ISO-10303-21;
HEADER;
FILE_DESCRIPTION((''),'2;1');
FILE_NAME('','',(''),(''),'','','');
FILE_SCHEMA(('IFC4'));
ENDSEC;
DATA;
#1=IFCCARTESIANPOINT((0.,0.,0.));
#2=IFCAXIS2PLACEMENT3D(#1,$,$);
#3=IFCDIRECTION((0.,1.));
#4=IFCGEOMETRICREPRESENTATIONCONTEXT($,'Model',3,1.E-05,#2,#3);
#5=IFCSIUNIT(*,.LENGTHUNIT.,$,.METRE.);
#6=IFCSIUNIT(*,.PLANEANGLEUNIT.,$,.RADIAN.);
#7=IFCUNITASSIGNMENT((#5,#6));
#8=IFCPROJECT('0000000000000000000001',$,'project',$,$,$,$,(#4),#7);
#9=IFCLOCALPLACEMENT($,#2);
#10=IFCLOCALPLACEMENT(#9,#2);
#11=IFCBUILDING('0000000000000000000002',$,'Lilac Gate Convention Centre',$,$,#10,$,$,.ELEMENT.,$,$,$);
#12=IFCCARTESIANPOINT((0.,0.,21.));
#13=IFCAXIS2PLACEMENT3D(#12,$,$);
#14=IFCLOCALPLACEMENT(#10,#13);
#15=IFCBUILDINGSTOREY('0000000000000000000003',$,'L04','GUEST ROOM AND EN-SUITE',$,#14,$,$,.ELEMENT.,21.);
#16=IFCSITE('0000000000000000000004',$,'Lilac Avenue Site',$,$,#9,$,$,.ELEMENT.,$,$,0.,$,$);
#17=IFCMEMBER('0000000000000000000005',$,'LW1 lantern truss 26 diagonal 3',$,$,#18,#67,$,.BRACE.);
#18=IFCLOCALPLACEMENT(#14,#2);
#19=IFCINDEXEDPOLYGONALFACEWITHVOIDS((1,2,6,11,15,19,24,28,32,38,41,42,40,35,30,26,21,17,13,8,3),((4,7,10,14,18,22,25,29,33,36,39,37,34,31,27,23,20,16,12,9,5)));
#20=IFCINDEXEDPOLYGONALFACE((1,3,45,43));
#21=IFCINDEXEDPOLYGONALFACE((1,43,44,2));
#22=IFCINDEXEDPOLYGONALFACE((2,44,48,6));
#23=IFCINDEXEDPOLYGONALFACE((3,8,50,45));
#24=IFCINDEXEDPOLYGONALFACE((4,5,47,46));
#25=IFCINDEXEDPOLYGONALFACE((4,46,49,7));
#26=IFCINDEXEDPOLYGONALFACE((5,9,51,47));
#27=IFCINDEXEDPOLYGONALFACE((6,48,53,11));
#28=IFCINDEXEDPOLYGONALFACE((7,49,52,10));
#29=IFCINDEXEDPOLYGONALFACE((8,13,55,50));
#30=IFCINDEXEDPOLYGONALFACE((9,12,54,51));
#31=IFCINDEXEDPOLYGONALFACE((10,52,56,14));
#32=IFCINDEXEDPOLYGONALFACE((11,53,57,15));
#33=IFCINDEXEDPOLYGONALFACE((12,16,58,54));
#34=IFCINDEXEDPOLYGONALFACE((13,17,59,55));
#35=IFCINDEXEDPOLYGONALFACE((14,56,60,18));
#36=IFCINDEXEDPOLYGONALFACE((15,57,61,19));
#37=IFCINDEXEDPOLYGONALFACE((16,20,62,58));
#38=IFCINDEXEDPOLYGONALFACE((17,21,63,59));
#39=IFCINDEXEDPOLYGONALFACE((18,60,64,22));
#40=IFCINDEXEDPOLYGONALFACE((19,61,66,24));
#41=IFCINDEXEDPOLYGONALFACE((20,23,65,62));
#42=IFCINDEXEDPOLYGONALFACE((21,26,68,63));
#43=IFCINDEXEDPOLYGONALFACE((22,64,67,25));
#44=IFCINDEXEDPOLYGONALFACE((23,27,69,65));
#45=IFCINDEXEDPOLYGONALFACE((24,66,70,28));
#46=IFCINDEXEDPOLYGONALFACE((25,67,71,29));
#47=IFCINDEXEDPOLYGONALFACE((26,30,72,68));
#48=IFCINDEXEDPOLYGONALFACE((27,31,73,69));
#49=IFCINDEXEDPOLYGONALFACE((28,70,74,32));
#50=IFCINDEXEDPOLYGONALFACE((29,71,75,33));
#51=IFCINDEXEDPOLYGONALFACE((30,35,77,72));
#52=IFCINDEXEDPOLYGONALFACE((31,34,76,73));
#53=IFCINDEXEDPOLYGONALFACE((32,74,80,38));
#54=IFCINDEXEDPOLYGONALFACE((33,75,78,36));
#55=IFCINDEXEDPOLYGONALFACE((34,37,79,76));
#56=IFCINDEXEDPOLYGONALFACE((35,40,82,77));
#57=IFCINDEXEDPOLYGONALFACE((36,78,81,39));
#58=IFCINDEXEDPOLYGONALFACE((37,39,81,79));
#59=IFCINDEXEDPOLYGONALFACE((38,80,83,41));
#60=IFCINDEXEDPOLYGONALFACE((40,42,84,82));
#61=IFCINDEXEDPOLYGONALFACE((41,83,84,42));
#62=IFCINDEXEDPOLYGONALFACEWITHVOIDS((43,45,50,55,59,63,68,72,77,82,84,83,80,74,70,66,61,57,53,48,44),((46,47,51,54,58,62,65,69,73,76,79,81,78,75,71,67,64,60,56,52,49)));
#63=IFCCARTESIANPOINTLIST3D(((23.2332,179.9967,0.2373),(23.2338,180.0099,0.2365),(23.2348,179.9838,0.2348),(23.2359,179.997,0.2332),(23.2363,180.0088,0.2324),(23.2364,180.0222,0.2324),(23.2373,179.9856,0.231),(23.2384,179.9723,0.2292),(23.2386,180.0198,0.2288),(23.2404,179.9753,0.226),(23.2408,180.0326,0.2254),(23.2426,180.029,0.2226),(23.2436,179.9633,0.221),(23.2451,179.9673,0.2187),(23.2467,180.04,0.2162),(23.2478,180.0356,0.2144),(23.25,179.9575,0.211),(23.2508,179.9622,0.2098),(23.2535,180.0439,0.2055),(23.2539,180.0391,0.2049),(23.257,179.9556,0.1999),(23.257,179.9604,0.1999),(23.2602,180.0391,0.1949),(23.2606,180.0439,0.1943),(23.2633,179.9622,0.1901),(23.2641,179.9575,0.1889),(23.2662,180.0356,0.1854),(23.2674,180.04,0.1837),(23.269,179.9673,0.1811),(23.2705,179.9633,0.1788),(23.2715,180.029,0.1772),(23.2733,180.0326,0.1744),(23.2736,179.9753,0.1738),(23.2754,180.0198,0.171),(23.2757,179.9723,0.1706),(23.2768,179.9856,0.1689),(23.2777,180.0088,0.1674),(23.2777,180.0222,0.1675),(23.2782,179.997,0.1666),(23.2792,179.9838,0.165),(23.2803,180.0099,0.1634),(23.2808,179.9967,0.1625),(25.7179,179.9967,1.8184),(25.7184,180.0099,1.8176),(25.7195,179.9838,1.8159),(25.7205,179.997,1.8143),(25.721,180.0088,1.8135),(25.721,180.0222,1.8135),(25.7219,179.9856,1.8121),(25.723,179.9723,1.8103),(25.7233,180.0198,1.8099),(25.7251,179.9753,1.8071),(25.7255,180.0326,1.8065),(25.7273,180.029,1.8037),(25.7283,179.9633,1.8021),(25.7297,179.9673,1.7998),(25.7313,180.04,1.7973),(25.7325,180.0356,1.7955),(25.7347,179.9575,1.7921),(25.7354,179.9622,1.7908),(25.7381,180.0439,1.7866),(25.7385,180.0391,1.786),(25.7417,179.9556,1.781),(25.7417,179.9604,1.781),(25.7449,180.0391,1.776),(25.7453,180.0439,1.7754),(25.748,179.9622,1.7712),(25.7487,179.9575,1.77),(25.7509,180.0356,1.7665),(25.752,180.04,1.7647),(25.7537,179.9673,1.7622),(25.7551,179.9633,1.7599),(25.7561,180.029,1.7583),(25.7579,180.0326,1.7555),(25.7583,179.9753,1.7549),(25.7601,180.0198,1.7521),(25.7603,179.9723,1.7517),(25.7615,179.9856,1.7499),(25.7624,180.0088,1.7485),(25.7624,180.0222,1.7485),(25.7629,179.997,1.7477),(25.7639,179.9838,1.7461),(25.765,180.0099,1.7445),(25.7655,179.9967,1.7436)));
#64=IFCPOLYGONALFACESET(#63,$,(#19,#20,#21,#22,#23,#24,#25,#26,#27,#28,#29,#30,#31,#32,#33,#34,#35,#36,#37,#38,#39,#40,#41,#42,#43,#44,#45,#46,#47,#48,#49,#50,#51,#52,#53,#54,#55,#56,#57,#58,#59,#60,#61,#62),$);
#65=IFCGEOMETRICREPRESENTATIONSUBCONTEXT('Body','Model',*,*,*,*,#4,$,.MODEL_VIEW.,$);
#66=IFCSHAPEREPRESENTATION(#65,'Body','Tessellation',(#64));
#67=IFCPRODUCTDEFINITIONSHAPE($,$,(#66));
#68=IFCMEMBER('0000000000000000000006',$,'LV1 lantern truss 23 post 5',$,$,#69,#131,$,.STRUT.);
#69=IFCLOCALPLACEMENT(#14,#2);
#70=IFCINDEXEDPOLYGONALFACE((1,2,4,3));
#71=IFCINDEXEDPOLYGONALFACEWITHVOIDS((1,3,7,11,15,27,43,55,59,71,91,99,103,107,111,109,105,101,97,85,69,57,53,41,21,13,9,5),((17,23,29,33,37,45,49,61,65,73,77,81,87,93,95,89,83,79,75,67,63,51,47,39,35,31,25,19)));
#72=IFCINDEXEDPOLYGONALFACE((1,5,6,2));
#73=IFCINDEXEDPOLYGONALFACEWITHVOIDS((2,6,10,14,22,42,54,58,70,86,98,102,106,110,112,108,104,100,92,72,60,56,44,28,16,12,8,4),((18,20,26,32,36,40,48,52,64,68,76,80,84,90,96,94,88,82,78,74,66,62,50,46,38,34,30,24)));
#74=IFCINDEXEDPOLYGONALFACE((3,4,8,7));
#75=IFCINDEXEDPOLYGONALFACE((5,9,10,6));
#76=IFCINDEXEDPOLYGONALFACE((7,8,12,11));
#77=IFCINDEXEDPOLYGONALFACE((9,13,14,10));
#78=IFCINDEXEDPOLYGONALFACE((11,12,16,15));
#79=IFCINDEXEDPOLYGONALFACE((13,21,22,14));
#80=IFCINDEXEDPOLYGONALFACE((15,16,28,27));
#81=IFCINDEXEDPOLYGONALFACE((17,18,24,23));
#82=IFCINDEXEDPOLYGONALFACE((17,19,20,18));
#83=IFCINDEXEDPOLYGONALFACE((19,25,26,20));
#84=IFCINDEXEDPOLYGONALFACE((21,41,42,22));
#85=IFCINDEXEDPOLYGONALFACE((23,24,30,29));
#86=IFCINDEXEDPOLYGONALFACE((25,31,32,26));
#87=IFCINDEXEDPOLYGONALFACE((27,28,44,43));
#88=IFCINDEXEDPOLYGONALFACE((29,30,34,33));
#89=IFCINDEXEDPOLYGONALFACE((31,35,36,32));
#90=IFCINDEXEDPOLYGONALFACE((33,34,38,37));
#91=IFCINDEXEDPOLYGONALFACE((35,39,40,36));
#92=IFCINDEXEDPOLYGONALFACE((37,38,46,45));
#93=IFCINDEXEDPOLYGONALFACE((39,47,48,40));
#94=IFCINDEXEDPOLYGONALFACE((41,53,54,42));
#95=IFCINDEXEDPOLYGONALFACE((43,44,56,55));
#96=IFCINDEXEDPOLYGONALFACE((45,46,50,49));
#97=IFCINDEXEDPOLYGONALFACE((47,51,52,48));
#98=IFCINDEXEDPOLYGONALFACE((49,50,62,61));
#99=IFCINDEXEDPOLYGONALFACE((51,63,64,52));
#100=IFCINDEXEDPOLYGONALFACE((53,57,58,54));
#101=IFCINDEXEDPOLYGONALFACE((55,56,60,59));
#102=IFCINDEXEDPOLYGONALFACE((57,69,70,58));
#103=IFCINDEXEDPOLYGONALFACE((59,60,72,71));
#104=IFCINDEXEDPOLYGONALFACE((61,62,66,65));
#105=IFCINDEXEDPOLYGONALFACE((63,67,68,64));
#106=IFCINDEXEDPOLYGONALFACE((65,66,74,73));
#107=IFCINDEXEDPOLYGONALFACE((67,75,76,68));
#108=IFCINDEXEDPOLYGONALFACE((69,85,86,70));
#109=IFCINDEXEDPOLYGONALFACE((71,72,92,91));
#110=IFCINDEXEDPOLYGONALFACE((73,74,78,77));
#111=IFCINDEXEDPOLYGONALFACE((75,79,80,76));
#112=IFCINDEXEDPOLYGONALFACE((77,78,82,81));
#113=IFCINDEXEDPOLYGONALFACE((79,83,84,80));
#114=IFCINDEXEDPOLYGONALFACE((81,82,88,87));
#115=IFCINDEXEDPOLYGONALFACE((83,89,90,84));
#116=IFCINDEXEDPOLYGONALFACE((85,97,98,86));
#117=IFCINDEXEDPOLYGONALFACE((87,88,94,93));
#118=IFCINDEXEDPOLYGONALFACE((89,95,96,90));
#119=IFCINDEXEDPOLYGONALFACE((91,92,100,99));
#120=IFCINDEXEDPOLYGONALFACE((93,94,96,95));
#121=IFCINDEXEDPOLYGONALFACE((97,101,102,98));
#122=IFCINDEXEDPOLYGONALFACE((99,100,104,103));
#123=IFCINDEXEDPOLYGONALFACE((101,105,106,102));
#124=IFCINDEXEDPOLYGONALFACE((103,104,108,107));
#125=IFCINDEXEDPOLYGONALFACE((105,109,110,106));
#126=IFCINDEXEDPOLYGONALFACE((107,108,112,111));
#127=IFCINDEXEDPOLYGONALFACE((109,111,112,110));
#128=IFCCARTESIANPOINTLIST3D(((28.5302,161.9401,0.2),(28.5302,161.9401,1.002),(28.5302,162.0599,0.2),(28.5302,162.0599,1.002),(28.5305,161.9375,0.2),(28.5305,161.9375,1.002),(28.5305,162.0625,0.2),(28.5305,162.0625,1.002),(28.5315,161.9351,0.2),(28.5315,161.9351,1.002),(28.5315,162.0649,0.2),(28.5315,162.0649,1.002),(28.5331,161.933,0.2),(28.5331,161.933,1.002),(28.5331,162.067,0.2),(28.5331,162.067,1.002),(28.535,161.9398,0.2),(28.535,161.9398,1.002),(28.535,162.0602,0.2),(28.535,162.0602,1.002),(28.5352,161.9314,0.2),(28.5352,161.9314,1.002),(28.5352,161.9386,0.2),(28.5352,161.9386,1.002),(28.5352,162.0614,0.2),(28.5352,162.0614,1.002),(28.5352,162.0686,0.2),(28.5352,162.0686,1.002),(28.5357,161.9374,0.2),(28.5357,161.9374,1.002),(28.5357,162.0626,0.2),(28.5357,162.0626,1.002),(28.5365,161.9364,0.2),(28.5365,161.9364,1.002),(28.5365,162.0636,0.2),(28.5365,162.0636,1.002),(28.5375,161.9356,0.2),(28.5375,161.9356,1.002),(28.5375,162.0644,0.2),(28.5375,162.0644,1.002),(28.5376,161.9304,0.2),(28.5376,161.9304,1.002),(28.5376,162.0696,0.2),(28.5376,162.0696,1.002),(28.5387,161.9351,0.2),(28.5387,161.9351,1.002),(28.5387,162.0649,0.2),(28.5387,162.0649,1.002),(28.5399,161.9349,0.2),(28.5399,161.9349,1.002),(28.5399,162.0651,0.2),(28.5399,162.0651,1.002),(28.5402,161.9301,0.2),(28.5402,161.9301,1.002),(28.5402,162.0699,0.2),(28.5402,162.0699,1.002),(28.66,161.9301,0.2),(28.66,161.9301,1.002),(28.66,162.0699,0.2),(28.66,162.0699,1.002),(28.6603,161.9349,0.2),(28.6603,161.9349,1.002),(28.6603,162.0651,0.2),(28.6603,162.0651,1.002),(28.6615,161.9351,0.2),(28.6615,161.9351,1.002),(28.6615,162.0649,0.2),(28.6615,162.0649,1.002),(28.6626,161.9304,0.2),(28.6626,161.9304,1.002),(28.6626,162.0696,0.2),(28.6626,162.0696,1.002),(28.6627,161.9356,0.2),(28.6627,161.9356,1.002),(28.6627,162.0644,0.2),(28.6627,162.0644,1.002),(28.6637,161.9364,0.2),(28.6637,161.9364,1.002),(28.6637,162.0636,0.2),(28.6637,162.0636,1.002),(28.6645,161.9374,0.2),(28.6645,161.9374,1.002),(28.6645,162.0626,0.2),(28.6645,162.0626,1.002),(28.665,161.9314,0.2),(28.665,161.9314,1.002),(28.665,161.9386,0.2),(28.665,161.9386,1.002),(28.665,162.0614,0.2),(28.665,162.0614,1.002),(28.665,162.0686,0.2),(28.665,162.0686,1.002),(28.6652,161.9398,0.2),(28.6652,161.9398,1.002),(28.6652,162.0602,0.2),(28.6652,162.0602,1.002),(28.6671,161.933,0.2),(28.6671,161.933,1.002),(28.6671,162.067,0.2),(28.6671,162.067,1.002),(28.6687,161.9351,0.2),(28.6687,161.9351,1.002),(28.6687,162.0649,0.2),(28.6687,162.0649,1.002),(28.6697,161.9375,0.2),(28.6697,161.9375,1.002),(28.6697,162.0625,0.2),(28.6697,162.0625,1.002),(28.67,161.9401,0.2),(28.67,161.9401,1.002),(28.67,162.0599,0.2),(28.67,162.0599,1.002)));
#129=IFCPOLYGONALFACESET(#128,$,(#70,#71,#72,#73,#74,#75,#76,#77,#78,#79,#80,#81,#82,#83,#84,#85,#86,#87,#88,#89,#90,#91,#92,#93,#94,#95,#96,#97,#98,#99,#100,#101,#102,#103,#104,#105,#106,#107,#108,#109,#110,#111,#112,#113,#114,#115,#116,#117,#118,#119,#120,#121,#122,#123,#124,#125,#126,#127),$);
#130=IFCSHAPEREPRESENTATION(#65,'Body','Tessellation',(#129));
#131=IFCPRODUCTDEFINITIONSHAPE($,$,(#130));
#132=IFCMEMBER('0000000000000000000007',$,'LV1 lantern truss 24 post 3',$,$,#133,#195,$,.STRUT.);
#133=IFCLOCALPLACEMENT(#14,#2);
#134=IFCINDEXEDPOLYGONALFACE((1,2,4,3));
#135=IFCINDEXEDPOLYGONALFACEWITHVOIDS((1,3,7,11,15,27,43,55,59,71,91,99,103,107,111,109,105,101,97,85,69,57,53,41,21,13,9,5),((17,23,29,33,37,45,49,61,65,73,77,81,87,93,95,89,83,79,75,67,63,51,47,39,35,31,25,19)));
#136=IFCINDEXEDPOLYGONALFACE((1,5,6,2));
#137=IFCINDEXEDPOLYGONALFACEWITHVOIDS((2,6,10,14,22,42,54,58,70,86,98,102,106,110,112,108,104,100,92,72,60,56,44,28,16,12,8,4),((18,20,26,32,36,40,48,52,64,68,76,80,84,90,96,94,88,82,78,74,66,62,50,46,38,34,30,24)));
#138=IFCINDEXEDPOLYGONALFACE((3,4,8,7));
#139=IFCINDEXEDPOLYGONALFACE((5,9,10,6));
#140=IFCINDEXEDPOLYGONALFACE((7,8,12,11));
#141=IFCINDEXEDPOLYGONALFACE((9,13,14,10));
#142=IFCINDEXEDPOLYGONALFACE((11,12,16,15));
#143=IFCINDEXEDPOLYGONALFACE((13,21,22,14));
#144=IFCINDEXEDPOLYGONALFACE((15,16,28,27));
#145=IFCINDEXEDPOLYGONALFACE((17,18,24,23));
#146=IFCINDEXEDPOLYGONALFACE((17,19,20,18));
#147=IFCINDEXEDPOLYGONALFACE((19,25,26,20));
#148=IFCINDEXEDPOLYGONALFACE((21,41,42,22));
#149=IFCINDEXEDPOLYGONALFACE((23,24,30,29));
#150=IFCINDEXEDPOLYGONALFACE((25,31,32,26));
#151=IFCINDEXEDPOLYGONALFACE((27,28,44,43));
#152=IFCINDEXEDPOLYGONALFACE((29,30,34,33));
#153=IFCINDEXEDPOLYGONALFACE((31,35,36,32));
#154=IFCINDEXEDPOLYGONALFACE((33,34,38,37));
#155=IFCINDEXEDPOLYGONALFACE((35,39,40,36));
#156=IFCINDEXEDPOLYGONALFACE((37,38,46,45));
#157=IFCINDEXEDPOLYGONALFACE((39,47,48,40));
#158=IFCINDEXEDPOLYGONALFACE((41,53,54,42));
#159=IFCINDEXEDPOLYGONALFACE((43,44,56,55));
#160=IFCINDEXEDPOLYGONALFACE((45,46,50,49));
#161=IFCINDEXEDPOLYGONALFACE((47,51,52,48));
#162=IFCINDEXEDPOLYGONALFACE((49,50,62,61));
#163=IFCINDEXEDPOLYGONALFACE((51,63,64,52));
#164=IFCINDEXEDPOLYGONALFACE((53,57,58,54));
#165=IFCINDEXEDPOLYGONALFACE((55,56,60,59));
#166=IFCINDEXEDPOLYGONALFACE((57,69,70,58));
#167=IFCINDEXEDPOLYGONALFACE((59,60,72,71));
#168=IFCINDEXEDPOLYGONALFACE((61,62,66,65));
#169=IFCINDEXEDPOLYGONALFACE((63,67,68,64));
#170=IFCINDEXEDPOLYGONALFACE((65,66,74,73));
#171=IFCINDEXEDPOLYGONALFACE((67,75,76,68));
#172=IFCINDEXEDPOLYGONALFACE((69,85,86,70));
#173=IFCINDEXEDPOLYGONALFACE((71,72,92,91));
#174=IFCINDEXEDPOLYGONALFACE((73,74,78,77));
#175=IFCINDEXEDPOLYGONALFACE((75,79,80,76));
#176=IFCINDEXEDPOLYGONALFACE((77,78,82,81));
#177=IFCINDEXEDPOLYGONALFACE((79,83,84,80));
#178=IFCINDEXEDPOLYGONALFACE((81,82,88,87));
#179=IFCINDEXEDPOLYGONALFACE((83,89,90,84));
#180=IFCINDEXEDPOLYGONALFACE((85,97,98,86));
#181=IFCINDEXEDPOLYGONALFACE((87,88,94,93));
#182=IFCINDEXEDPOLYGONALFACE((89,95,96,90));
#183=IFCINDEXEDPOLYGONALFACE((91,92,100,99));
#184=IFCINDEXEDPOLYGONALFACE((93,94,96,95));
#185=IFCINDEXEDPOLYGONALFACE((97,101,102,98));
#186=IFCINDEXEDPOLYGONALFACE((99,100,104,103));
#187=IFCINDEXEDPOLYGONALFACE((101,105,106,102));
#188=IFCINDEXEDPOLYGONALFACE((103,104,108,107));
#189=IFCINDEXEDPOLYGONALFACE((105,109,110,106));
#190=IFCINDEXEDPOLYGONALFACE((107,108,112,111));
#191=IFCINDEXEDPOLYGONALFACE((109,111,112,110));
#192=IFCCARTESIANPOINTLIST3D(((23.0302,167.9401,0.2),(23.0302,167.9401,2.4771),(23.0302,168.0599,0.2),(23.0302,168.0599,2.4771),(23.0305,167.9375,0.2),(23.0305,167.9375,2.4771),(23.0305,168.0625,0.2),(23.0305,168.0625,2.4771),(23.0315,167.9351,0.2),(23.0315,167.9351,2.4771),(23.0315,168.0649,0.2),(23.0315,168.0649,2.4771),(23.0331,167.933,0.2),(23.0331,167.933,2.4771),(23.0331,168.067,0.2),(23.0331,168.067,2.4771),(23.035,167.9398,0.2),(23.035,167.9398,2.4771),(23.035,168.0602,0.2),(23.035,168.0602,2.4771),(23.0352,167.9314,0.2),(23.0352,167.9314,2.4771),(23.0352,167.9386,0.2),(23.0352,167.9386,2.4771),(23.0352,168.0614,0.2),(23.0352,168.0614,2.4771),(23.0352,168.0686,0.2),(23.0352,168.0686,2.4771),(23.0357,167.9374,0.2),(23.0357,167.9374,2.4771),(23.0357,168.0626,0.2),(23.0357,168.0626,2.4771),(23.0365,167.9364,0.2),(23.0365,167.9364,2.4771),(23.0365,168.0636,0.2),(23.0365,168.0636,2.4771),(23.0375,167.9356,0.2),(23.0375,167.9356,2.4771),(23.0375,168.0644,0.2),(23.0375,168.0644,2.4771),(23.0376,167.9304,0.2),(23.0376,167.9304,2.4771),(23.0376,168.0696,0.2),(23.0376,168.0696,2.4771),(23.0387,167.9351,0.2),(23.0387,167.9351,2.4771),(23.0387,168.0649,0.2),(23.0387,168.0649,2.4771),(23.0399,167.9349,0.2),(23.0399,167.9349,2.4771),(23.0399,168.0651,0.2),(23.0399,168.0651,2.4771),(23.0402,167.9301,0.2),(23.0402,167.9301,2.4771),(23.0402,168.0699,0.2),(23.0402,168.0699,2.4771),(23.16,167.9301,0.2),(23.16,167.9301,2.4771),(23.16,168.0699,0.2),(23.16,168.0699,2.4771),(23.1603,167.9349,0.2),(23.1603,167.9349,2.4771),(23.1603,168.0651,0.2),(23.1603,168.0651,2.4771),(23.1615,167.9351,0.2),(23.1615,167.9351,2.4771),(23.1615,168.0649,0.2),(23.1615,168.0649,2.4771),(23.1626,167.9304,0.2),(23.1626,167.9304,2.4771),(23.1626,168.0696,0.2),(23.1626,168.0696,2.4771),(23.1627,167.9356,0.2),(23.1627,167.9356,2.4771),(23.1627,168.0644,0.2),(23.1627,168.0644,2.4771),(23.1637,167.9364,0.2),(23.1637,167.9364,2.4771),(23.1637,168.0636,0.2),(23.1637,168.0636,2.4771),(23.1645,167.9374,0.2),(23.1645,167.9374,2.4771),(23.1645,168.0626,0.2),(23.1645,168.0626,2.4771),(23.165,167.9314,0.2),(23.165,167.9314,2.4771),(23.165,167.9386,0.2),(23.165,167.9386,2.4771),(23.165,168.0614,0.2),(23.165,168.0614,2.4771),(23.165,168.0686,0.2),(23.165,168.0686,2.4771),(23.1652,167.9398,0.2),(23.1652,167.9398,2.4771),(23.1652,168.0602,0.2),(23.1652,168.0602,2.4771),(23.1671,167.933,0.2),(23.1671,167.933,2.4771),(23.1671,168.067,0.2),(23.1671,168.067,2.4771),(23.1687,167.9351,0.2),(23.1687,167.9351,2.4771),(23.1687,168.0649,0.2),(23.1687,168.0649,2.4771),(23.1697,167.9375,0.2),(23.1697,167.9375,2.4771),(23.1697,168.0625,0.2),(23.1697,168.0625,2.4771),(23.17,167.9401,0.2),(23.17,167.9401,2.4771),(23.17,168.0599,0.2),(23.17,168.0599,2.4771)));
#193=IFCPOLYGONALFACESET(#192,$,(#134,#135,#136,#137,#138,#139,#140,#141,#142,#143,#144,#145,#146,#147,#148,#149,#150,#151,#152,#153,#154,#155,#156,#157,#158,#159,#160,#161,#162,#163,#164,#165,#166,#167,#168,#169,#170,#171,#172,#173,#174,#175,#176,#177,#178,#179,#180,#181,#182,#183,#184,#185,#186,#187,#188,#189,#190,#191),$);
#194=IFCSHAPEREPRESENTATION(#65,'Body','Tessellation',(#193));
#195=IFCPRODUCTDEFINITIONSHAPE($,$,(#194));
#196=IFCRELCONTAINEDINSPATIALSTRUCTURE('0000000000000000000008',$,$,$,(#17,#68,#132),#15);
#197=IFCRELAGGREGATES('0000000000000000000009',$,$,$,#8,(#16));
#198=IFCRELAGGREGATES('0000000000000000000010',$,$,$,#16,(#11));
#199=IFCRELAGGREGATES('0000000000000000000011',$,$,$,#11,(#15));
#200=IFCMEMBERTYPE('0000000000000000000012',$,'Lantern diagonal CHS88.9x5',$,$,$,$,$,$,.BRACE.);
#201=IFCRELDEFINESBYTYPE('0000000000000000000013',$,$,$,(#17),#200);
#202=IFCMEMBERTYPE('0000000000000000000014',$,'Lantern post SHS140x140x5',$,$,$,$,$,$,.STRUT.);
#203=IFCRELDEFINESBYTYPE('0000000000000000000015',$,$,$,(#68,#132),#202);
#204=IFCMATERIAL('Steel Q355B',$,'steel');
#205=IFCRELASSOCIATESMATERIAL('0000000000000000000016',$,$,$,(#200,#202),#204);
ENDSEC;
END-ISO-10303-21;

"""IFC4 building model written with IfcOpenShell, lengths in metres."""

from ifc_helpers import new_model, si_unit, direction, frame, origin, origin_2d, place, context, subcontext, project, spatial, hollow_rectangle, hollow_circle, extrude, material, material_profile, profile_set, type_object, element, save


model = new_model("IFC4")

# Units and contexts
model_context = context("Model", 3, precision=1e-05, world=origin(), true_north=direction((0.0, 1.0)))
body_context = subcontext(model_context, "Body", "Model", "MODEL_VIEW")
ifc_project = project(units=[si_unit("LENGTHUNIT", "METRE"), si_unit("PLANEANGLEUNIT", "RADIAN")], contexts=[model_context])

# Site, building, storey
site_placement = place(None, origin())
site = spatial("IfcSite", under=ifc_project, at=site_placement, Name="Lilac Avenue Site", CompositionType="ELEMENT", RefElevation=0.0)
building_placement = place(site_placement, origin())
building = spatial("IfcBuilding", under=site, at=building_placement, Name="Lilac Gate Convention Centre", CompositionType="ELEMENT")
storey_placement = place(building_placement, frame((0.0, 0.0, 21.0)))
storey = spatial("IfcBuildingStorey", under=building, at=storey_placement, Name="L04", Description="GUEST ROOM AND EN-SUITE", CompositionType="ELEMENT", Elevation=21.0)

# Members
ifc_material_1 = material(Name="Steel Q355B", Category="steel")
ifc_material_profile_1 = material_profile(ifc_material_1, hollow_circle(Radius=0.0444, WallThickness=0.0049, at=origin_2d()), Name="CHS88.9x5")
ifc_profile_set_1 = profile_set([ifc_material_profile_1], Name="Steel Q355B")
member_type_1 = type_object("IfcMemberType", Name="Lantern diagonal CHS88.9x5", PredefinedType="BRACE", material=ifc_profile_set_1)
member_1_placement = place(storey_placement, frame((25.7417, 180.0, 1.781), z_axis=(-0.843672, 0.0, -0.536859), x_axis=(0.0, -1.0, 0.0)))
element("IfcMember", 1, at=member_1_placement, inside=storey, type_object=member_type_1, Name="LW1 lantern truss 26 diagonal 3", PredefinedType="BRACE", context=body_context, shape_type="SweptSolid", body=[
    extrude(hollow_circle(Radius=0.0444, WallThickness=0.0049, at=origin_2d()), origin(), (0.0, 0.0, 1.0), 2.9451),
])
ifc_material_profile_2 = material_profile(ifc_material_1, hollow_rectangle(XDim=0.1399, YDim=0.1399, WallThickness=0.0049, InnerFilletRadius=0.0049, OuterFilletRadius=0.01, at=origin_2d()), Name="SHS140x140x5")
ifc_profile_set_2 = profile_set([ifc_material_profile_2], Name="Steel Q355B")
member_type_2 = type_object("IfcMemberType", Name="Lantern post SHS140x140x5", PredefinedType="STRUT", material=ifc_profile_set_2)
member_2_placement = place(storey_placement, frame((28.6001, 162.0, 0.2), z_axis=(0.0, 0.0, 1.0), x_axis=(1.0, 0.0, 0.0)))
element("IfcMember", 2, at=member_2_placement, inside=storey, type_object=member_type_2, Name="LV1 lantern truss 23 post 5", PredefinedType="STRUT", context=body_context, shape_type="SweptSolid", body=[
    extrude(hollow_rectangle(XDim=0.1399, YDim=0.1399, WallThickness=0.0049, InnerFilletRadius=0.0049, OuterFilletRadius=0.01, at=origin_2d()), origin(), (0.0, 0.0, 1.0), 0.802),
])
member_3_placement = place(storey_placement, frame((23.1001, 168.0, 0.2), z_axis=(0.0, 0.0, 1.0), x_axis=(1.0, 0.0, 0.0)))
element("IfcMember", 3, at=member_3_placement, inside=storey, type_object=member_type_2, Name="LV1 lantern truss 24 post 3", PredefinedType="STRUT", context=body_context, shape_type="SweptSolid", body=[
    extrude(hollow_rectangle(XDim=0.1399, YDim=0.1399, WallThickness=0.0049, InnerFilletRadius=0.0049, OuterFilletRadius=0.01, at=origin_2d()), origin(), (0.0, 0.0, 1.0), 2.2771),
])

save(model, "model.ifc")
